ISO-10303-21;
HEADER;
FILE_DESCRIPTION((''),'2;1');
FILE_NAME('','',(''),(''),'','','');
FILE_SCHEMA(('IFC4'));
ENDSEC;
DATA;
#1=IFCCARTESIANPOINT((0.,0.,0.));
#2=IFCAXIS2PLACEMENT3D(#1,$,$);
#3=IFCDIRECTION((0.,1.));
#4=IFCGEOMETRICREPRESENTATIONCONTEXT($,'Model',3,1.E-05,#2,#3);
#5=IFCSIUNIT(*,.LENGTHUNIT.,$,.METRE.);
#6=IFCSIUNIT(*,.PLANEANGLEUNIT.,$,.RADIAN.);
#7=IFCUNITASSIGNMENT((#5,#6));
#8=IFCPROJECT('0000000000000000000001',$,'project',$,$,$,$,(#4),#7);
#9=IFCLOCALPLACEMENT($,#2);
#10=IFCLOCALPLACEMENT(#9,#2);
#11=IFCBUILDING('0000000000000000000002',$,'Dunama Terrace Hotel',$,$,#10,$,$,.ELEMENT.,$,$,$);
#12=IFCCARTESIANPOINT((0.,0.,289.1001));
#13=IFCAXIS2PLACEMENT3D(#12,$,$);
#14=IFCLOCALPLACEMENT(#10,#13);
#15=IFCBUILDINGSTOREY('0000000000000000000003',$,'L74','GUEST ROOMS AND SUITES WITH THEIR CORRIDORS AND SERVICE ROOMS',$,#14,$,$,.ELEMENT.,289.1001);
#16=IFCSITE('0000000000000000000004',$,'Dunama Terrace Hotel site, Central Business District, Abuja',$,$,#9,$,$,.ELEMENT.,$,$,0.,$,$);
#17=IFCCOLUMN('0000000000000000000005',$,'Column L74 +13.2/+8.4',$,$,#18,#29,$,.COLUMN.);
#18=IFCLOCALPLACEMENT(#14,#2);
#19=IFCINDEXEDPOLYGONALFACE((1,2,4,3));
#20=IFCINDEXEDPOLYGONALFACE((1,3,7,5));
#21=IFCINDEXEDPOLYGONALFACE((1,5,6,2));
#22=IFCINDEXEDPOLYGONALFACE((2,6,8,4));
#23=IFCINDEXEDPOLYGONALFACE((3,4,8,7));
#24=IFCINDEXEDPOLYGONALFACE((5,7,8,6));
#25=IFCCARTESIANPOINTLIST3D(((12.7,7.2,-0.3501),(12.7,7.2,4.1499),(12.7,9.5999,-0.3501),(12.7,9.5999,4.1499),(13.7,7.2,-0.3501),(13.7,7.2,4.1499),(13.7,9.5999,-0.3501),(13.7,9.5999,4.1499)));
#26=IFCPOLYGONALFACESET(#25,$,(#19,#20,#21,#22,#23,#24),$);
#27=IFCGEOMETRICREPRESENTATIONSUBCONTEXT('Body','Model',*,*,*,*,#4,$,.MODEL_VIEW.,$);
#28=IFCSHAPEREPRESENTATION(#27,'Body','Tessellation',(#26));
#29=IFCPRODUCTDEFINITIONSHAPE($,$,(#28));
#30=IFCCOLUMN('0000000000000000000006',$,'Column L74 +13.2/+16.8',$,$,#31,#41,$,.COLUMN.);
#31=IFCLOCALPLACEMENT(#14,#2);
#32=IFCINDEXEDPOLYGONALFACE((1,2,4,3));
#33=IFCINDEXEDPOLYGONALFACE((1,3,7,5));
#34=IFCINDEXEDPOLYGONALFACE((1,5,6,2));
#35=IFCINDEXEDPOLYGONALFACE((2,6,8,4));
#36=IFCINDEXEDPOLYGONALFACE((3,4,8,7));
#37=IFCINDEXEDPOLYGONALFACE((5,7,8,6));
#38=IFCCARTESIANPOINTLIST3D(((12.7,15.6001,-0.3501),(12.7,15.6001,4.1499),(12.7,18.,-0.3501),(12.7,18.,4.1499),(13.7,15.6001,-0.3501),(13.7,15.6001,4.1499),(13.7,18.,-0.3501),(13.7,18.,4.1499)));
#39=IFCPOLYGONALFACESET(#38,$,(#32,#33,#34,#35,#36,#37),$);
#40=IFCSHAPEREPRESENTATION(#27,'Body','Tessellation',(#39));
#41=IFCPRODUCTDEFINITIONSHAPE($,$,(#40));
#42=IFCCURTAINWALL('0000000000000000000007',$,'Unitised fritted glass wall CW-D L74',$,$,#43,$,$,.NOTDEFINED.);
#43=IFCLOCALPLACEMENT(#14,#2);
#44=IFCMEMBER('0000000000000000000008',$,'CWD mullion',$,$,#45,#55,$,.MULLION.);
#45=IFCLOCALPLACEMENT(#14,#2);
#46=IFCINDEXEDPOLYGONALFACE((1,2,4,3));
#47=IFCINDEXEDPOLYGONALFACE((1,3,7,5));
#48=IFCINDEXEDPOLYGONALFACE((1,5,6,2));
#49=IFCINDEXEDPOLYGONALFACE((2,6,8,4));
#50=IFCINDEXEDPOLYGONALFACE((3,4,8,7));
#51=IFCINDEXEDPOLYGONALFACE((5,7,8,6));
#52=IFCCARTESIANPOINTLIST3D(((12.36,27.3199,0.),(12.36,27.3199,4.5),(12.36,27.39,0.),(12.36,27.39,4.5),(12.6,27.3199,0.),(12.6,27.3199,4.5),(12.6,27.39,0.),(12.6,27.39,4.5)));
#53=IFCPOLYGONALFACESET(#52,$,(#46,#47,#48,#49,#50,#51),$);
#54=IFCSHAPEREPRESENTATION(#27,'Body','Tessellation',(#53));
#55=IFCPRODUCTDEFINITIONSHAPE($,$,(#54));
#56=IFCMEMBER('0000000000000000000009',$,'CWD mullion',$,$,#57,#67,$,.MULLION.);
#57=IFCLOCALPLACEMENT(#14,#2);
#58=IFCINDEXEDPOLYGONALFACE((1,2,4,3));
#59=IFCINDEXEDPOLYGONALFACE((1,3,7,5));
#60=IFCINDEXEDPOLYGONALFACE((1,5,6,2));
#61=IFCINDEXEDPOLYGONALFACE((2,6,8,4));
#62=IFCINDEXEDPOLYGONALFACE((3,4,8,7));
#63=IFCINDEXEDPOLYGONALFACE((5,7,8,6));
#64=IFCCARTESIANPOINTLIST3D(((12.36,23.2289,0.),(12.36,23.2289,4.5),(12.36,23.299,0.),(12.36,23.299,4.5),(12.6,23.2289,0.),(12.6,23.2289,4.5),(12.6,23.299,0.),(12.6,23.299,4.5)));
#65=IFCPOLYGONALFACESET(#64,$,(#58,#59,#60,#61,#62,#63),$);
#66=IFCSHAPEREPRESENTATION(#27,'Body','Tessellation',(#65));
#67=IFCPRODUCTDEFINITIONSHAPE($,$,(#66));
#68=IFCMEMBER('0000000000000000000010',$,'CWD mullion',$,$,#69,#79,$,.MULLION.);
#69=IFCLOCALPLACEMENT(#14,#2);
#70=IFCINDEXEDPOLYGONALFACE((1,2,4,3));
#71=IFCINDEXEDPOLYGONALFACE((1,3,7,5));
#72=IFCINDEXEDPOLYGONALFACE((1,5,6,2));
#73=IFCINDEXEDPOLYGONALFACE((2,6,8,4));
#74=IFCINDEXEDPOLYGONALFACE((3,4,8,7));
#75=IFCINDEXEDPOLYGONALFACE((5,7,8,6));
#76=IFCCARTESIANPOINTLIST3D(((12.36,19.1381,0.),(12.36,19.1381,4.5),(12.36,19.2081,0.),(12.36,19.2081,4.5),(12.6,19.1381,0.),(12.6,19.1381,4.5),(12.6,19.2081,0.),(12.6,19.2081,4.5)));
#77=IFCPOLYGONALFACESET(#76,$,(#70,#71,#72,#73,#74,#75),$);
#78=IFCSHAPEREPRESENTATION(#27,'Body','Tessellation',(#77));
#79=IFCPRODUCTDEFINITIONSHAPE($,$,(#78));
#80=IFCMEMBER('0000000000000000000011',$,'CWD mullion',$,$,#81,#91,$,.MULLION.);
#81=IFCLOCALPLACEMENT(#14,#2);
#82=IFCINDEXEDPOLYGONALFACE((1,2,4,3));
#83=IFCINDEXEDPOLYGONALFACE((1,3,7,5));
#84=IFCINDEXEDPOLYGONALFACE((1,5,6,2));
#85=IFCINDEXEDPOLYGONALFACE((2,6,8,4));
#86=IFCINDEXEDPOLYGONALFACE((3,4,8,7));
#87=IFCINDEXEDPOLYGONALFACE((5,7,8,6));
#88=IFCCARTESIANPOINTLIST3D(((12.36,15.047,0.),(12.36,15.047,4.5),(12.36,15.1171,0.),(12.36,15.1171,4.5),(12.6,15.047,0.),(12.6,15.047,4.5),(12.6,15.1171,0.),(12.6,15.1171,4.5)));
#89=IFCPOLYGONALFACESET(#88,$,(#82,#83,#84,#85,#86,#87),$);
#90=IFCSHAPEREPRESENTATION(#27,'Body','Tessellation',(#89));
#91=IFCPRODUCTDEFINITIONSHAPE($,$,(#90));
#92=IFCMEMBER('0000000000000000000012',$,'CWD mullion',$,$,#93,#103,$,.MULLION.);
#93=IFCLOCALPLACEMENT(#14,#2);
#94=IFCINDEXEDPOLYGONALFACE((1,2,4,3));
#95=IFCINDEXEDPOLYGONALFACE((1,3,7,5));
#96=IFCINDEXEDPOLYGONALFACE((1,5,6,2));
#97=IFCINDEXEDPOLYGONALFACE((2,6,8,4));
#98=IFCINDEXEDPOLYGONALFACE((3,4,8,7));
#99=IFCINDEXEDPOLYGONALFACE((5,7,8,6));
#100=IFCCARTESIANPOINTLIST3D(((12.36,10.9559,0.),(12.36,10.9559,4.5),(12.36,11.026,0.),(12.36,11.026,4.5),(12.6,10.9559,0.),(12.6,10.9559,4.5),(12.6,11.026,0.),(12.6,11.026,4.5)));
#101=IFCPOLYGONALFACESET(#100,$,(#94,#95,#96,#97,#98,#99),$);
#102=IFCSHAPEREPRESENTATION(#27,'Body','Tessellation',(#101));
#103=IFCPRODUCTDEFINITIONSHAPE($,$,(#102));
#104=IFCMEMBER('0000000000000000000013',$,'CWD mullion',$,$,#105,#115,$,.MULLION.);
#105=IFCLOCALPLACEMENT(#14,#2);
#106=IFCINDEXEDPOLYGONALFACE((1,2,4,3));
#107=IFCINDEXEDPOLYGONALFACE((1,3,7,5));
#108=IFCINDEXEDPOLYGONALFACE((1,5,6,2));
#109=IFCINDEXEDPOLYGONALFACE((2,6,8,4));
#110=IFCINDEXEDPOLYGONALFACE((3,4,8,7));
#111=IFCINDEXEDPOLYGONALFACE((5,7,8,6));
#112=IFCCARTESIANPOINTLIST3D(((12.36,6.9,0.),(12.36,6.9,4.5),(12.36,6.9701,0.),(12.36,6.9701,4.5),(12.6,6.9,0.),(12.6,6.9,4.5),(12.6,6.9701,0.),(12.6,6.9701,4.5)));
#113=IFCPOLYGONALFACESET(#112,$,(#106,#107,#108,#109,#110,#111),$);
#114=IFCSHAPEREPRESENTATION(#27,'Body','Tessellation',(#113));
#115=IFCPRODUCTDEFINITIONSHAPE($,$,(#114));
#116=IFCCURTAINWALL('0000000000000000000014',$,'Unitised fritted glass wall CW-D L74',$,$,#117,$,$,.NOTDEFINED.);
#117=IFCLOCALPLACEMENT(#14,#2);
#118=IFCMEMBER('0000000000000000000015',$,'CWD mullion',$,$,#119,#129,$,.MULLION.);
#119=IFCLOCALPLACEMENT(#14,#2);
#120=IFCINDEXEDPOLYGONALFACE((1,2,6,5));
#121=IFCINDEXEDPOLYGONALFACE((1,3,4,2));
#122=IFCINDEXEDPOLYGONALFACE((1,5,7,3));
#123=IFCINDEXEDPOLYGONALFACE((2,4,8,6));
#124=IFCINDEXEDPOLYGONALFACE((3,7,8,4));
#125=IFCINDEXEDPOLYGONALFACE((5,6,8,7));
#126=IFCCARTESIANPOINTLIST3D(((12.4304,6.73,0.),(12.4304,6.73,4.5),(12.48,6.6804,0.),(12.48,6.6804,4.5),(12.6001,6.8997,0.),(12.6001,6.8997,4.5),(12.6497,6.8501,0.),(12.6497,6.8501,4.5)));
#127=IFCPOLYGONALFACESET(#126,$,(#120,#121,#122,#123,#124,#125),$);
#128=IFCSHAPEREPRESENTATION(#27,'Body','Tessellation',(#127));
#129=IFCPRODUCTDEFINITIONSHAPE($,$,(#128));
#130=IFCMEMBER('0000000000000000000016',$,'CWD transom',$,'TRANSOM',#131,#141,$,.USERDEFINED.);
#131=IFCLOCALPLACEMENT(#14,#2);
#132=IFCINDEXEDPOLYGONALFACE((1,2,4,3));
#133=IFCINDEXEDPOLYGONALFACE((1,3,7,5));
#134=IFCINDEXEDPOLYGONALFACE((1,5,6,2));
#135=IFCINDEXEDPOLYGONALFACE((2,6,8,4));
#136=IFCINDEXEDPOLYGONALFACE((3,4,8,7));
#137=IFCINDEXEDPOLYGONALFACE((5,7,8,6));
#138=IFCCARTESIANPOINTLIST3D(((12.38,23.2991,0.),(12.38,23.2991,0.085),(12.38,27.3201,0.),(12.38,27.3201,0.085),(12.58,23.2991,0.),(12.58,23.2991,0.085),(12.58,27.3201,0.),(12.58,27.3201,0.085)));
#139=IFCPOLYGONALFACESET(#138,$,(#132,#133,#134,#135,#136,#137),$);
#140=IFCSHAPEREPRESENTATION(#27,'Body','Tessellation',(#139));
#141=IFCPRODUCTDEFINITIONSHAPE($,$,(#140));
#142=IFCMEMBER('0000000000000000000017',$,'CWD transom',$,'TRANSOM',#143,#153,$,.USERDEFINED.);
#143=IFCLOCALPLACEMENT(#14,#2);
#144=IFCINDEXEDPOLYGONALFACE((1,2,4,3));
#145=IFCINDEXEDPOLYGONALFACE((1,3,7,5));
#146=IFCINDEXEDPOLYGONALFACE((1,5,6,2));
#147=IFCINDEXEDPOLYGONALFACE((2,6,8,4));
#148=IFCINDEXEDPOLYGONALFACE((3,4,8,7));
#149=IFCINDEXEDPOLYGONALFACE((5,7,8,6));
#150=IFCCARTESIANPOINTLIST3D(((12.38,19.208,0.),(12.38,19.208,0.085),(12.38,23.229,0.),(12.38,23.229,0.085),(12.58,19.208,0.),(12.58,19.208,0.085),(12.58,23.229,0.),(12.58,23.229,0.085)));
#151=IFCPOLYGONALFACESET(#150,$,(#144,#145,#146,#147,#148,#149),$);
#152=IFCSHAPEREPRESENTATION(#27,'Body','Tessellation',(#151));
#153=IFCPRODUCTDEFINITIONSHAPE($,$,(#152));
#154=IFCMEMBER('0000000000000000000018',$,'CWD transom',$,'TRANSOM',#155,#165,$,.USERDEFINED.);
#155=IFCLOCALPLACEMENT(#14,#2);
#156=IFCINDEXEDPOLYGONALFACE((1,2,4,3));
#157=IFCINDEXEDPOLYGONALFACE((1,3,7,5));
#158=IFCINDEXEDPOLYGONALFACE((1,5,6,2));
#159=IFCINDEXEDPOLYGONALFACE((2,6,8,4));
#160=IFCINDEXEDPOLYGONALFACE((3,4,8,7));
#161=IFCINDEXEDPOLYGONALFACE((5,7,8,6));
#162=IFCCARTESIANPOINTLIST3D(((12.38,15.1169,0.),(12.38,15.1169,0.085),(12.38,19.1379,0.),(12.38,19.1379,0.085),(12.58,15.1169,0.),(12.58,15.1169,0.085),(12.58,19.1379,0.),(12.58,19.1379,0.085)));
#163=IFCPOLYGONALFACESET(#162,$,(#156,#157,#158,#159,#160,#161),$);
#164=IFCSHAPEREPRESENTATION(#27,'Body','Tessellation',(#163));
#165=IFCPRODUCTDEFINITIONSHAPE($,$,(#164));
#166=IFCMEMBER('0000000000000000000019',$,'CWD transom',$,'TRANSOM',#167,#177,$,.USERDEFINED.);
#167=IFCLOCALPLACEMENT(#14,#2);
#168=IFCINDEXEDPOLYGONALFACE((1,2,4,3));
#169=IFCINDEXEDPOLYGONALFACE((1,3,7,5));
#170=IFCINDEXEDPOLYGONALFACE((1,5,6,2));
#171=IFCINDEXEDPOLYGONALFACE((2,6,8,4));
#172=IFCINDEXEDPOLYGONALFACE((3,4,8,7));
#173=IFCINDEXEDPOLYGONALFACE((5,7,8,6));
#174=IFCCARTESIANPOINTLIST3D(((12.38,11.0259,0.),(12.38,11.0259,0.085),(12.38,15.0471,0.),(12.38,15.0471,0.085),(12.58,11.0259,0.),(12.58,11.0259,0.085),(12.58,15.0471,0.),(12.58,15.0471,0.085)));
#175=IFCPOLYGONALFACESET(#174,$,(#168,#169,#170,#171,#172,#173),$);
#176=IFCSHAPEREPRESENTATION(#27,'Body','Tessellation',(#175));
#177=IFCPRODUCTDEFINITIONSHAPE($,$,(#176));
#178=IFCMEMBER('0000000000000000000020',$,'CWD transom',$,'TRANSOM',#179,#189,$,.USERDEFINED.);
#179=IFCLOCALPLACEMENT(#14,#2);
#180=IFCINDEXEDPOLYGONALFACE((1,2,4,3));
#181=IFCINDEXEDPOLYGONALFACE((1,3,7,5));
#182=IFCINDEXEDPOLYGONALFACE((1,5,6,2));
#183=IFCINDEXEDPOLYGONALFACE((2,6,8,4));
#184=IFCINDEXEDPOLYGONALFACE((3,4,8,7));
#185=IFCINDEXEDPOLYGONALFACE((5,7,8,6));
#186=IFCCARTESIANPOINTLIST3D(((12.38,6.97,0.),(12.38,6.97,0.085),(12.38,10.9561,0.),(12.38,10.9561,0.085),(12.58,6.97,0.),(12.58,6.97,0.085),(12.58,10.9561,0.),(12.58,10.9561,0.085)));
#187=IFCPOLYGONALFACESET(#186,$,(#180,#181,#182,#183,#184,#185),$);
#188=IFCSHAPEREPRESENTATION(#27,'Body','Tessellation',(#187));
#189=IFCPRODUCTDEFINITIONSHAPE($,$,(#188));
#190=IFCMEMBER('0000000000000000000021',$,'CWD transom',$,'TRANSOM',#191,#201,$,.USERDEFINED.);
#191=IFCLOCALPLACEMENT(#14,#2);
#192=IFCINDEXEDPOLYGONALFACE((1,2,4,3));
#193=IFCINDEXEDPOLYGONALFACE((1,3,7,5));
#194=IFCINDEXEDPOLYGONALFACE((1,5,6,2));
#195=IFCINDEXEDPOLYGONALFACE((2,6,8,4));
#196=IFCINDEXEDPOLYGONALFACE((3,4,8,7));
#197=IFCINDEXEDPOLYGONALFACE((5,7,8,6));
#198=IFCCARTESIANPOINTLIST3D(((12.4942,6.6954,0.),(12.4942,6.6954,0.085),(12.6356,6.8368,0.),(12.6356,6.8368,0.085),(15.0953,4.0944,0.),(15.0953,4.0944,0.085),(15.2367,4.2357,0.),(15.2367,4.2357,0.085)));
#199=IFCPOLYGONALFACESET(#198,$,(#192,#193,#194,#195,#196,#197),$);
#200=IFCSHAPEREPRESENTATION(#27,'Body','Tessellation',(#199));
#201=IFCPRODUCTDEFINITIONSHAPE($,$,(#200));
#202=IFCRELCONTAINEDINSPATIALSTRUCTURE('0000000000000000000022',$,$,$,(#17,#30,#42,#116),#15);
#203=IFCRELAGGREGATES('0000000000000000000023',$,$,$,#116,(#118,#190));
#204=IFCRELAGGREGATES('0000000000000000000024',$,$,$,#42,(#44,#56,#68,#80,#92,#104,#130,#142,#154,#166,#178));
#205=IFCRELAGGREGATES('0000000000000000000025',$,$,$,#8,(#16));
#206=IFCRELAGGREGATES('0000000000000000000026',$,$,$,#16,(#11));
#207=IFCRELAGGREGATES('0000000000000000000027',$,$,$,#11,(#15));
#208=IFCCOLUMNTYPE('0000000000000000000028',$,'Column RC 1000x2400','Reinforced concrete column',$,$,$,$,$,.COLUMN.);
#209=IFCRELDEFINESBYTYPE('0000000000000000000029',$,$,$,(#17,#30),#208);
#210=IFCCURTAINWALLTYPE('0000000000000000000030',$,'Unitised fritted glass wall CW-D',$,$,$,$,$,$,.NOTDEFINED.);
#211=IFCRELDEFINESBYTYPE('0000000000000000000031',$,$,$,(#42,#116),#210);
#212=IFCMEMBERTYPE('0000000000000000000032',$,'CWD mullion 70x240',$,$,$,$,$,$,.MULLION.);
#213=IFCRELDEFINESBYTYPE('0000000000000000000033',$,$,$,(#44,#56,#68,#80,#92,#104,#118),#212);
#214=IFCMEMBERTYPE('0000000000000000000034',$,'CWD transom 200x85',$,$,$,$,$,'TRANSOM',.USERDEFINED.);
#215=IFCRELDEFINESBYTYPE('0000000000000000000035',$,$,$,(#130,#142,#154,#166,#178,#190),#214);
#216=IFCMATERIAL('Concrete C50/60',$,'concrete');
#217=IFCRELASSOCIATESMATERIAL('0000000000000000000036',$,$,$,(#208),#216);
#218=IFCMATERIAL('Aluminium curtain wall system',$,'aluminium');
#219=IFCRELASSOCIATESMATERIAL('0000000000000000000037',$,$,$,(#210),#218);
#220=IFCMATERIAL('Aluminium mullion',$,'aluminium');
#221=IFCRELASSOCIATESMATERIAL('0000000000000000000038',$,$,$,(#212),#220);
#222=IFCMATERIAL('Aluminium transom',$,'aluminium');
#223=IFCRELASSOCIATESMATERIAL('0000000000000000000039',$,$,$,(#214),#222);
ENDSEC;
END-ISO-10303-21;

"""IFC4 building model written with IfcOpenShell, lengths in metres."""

from ifc_helpers import new_model, si_unit, direction, frame, origin, origin_2d, place, context, subcontext, project, spatial, rectangle, extrude, material, material_profile, profile_set, type_object, element, aggregate, save


model = new_model("IFC4")

# Units and contexts
model_context = context("Model", 3, precision=1e-05, world=origin(), true_north=direction((0.0, 1.0)))
body_context = subcontext(model_context, "Body", "Model", "MODEL_VIEW")
ifc_project = project(units=[si_unit("LENGTHUNIT", "METRE"), si_unit("PLANEANGLEUNIT", "RADIAN")], contexts=[model_context])

# Site, building, storey
site_placement = place(None, origin())
site = spatial("IfcSite", under=ifc_project, at=site_placement, Name="Dunama Terrace Hotel site, Central Business District, Abuja", CompositionType="ELEMENT", RefElevation=0.0)
building_placement = place(site_placement, origin())
building = spatial("IfcBuilding", under=site, at=building_placement, Name="Dunama Terrace Hotel", CompositionType="ELEMENT")
storey_placement = place(building_placement, frame((0.0, 0.0, 289.1001)))
storey = spatial("IfcBuildingStorey", under=building, at=storey_placement, Name="L74", Description="GUEST ROOMS AND SUITES WITH THEIR CORRIDORS AND SERVICE ROOMS", CompositionType="ELEMENT", Elevation=289.1001)

# Columns
ifc_material_1 = material(Name="Concrete C50/60", Category="concrete")
ifc_material_profile_1 = material_profile(ifc_material_1, rectangle(XDim=1.0, YDim=2.3999, at=origin_2d()), Name="RC 1000x2400")
ifc_profile_set_1 = profile_set([ifc_material_profile_1], Name="Concrete C50/60")
column_type = type_object("IfcColumnType", Name="Column RC 1000x2400", Description="Reinforced concrete column", PredefinedType="COLUMN", material=ifc_profile_set_1)
for number, where, z_axis, x_axis, name in (
    (1, (13.2, 8.3999, -0.3501), (0.0, 0.0, 1.0), (1.0, 0.0, 0.0), "Column L74 +13.2/+8.4"),
    (2, (13.2, 16.8, -0.3501), (0.0, 0.0, 1.0), (1.0, 0.0, 0.0), "Column L74 +13.2/+16.8"),
):
    element("IfcColumn", number, at=place(storey_placement, frame(where, z_axis=z_axis, x_axis=x_axis)), inside=storey, type_object=column_type, Name=name, PredefinedType="COLUMN", context=body_context, shape_type="SweptSolid", body=[
        extrude(rectangle(XDim=1.0, YDim=2.3999, at=origin_2d()), origin(), (0.0, 0.0, 1.0), 4.5),
    ])

# Curtain wall, members
ifc_material_2 = material(Name="Aluminium curtain wall system", Category="aluminium")
curtain_wall_type = type_object("IfcCurtainWallType", Name="Unitised fritted glass wall CW-D", PredefinedType="NOTDEFINED", material=ifc_material_2)
curtain_wall_1_placement = place(storey_placement, origin())
curtain_wall_1 = element("IfcCurtainWall", 3, at=curtain_wall_1_placement, inside=storey, type_object=curtain_wall_type, Name="Unitised fritted glass wall CW-D L74", PredefinedType="NOTDEFINED")
ifc_material_3 = material(Name="Aluminium mullion", Category="aluminium")
ifc_material_profile_2 = material_profile(ifc_material_3, rectangle(XDim=0.0701, YDim=0.24, at=origin_2d()), Name="CWD MULLION 70X240")
ifc_profile_set_2 = profile_set([ifc_material_profile_2], Name="Aluminium mullion")
member_type_1 = type_object("IfcMemberType", Name="CWD mullion 70x240", PredefinedType="MULLION", material=ifc_profile_set_2)
member_1_placement = place(storey_placement, frame((12.48, 27.355, 0.0), z_axis=(0.0, 0.0, 1.0), x_axis=(0.0, -1.0, 0.0)))
member_1 = element("IfcMember", 4, at=member_1_placement, type_object=member_type_1, Name="CWD mullion", PredefinedType="MULLION", context=body_context, shape_type="SweptSolid", body=[
    extrude(rectangle(XDim=0.0701, YDim=0.24, at=origin_2d()), origin(), (0.0, 0.0, 1.0), 4.5),
])
member_2_placement = place(storey_placement, frame((12.48, 23.2639, 0.0), z_axis=(0.0, 0.0, 1.0), x_axis=(0.0, -1.0, 0.0)))
member_2 = element("IfcMember", 5, at=member_2_placement, type_object=member_type_1, Name="CWD mullion", PredefinedType="MULLION", context=body_context, shape_type="SweptSolid", body=[
    extrude(rectangle(XDim=0.0701, YDim=0.24, at=origin_2d()), origin(), (0.0, 0.0, 1.0), 4.5),
])
member_3_placement = place(storey_placement, frame((12.48, 19.1731, 0.0), z_axis=(0.0, 0.0, 1.0), x_axis=(0.0, -1.0, 0.0)))
member_3 = element("IfcMember", 6, at=member_3_placement, type_object=member_type_1, Name="CWD mullion", PredefinedType="MULLION", context=body_context, shape_type="SweptSolid", body=[
    extrude(rectangle(XDim=0.0701, YDim=0.24, at=origin_2d()), origin(), (0.0, 0.0, 1.0), 4.5),
])
member_4_placement = place(storey_placement, frame((12.48, 15.082, 0.0), z_axis=(0.0, 0.0, 1.0), x_axis=(0.0, -1.0, 0.0)))
member_4 = element("IfcMember", 7, at=member_4_placement, type_object=member_type_1, Name="CWD mullion", PredefinedType="MULLION", context=body_context, shape_type="SweptSolid", body=[
    extrude(rectangle(XDim=0.0701, YDim=0.24, at=origin_2d()), origin(), (0.0, 0.0, 1.0), 4.5),
])
member_5_placement = place(storey_placement, frame((12.48, 10.991, 0.0), z_axis=(0.0, 0.0, 1.0), x_axis=(0.0, -1.0, 0.0)))
member_5 = element("IfcMember", 8, at=member_5_placement, type_object=member_type_1, Name="CWD mullion", PredefinedType="MULLION", context=body_context, shape_type="SweptSolid", body=[
    extrude(rectangle(XDim=0.0701, YDim=0.24, at=origin_2d()), origin(), (0.0, 0.0, 1.0), 4.5),
])
member_6_placement = place(storey_placement, frame((12.48, 6.9351, 0.0), z_axis=(0.0, 0.0, 1.0), x_axis=(0.0, -1.0, 0.0)))
member_6 = element("IfcMember", 9, at=member_6_placement, type_object=member_type_1, Name="CWD mullion", PredefinedType="MULLION", context=body_context, shape_type="SweptSolid", body=[
    extrude(rectangle(XDim=0.0701, YDim=0.24, at=origin_2d()), origin(), (0.0, 0.0, 1.0), 4.5),
])

# Curtain wall, member
curtain_wall_2_placement = place(storey_placement, origin())
curtain_wall_2 = element("IfcCurtainWall", 10, at=curtain_wall_2_placement, inside=storey, type_object=curtain_wall_type, Name="Unitised fritted glass wall CW-D L74", PredefinedType="NOTDEFINED")
member_7_placement = place(storey_placement, frame((12.54, 6.79, 0.0), z_axis=(0.0, 0.0, 1.0), x_axis=(0.707107, -0.707107, 0.0)))
member_7 = element("IfcMember", 11, at=member_7_placement, type_object=member_type_1, Name="CWD mullion", PredefinedType="MULLION", context=body_context, shape_type="SweptSolid", body=[
    extrude(rectangle(XDim=0.0701, YDim=0.24, at=origin_2d()), origin(), (0.0, 0.0, 1.0), 4.5),
])

# Members
ifc_material_4 = material(Name="Aluminium transom", Category="aluminium")
ifc_material_profile_3 = material_profile(ifc_material_4, rectangle(XDim=0.2, YDim=0.085, at=origin_2d()), Name="CWD TRANSOM 200X85")
ifc_profile_set_3 = profile_set([ifc_material_profile_3], Name="Aluminium transom")
member_type_2 = type_object("IfcMemberType", Name="CWD transom 200x85", ElementType="TRANSOM", PredefinedType="USERDEFINED", material=ifc_profile_set_3)
member_8_placement = place(storey_placement, frame((12.48, 27.3201, 0.0425), z_axis=(0.0, -1.0, 0.0), x_axis=(1.0, 0.0, 0.0)))
member_8 = element("IfcMember", 12, at=member_8_placement, type_object=member_type_2, Name="CWD transom", ObjectType="TRANSOM", PredefinedType="USERDEFINED", context=body_context, shape_type="SweptSolid", body=[
    extrude(rectangle(XDim=0.2, YDim=0.085, at=origin_2d()), origin(), (0.0, 0.0, 1.0), 4.021),
])
member_9_placement = place(storey_placement, frame((12.48, 23.229, 0.0425), z_axis=(0.0, -1.0, 0.0), x_axis=(1.0, 0.0, 0.0)))
member_9 = element("IfcMember", 13, at=member_9_placement, type_object=member_type_2, Name="CWD transom", ObjectType="TRANSOM", PredefinedType="USERDEFINED", context=body_context, shape_type="SweptSolid", body=[
    extrude(rectangle(XDim=0.2, YDim=0.085, at=origin_2d()), origin(), (0.0, 0.0, 1.0), 4.021),
])
member_10_placement = place(storey_placement, frame((12.48, 19.1379, 0.0425), z_axis=(0.0, -1.0, 0.0), x_axis=(1.0, 0.0, 0.0)))
member_10 = element("IfcMember", 14, at=member_10_placement, type_object=member_type_2, Name="CWD transom", ObjectType="TRANSOM", PredefinedType="USERDEFINED", context=body_context, shape_type="SweptSolid", body=[
    extrude(rectangle(XDim=0.2, YDim=0.085, at=origin_2d()), origin(), (0.0, 0.0, 1.0), 4.021),
])
member_11_placement = place(storey_placement, frame((12.48, 15.0471, 0.0425), z_axis=(0.0, -1.0, 0.0), x_axis=(1.0, 0.0, 0.0)))
member_11 = element("IfcMember", 15, at=member_11_placement, type_object=member_type_2, Name="CWD transom", ObjectType="TRANSOM", PredefinedType="USERDEFINED", context=body_context, shape_type="SweptSolid", body=[
    extrude(rectangle(XDim=0.2, YDim=0.085, at=origin_2d()), origin(), (0.0, 0.0, 1.0), 4.0212),
])
member_12_placement = place(storey_placement, frame((12.48, 10.9561, 0.0425), z_axis=(0.0, -1.0, 0.0), x_axis=(1.0, 0.0, 0.0)))
member_12 = element("IfcMember", 16, at=member_12_placement, type_object=member_type_2, Name="CWD transom", ObjectType="TRANSOM", PredefinedType="USERDEFINED", context=body_context, shape_type="SweptSolid", body=[
    extrude(rectangle(XDim=0.2, YDim=0.085, at=origin_2d()), origin(), (0.0, 0.0, 1.0), 3.9861),
])
member_13_placement = place(storey_placement, frame((12.5649, 6.7661, 0.0425), z_axis=(0.707107, -0.707107, 0.0), x_axis=(0.707107, 0.707107, 0.0)))
member_13 = element("IfcMember", 17, at=member_13_placement, type_object=member_type_2, Name="CWD transom", ObjectType="TRANSOM", PredefinedType="USERDEFINED", context=body_context, shape_type="SweptSolid", body=[
    extrude(rectangle(XDim=0.2, YDim=0.085, at=origin_2d()), origin(), (0.0, 0.0, 1.0), 3.6785),
])
aggregate(curtain_wall_2, [member_7, member_13])

aggregate(curtain_wall_1, [member_1, member_2, member_3, member_4, member_5, member_6, member_8, member_9, member_10, member_11, member_12])

save(model, "model.ifc")
